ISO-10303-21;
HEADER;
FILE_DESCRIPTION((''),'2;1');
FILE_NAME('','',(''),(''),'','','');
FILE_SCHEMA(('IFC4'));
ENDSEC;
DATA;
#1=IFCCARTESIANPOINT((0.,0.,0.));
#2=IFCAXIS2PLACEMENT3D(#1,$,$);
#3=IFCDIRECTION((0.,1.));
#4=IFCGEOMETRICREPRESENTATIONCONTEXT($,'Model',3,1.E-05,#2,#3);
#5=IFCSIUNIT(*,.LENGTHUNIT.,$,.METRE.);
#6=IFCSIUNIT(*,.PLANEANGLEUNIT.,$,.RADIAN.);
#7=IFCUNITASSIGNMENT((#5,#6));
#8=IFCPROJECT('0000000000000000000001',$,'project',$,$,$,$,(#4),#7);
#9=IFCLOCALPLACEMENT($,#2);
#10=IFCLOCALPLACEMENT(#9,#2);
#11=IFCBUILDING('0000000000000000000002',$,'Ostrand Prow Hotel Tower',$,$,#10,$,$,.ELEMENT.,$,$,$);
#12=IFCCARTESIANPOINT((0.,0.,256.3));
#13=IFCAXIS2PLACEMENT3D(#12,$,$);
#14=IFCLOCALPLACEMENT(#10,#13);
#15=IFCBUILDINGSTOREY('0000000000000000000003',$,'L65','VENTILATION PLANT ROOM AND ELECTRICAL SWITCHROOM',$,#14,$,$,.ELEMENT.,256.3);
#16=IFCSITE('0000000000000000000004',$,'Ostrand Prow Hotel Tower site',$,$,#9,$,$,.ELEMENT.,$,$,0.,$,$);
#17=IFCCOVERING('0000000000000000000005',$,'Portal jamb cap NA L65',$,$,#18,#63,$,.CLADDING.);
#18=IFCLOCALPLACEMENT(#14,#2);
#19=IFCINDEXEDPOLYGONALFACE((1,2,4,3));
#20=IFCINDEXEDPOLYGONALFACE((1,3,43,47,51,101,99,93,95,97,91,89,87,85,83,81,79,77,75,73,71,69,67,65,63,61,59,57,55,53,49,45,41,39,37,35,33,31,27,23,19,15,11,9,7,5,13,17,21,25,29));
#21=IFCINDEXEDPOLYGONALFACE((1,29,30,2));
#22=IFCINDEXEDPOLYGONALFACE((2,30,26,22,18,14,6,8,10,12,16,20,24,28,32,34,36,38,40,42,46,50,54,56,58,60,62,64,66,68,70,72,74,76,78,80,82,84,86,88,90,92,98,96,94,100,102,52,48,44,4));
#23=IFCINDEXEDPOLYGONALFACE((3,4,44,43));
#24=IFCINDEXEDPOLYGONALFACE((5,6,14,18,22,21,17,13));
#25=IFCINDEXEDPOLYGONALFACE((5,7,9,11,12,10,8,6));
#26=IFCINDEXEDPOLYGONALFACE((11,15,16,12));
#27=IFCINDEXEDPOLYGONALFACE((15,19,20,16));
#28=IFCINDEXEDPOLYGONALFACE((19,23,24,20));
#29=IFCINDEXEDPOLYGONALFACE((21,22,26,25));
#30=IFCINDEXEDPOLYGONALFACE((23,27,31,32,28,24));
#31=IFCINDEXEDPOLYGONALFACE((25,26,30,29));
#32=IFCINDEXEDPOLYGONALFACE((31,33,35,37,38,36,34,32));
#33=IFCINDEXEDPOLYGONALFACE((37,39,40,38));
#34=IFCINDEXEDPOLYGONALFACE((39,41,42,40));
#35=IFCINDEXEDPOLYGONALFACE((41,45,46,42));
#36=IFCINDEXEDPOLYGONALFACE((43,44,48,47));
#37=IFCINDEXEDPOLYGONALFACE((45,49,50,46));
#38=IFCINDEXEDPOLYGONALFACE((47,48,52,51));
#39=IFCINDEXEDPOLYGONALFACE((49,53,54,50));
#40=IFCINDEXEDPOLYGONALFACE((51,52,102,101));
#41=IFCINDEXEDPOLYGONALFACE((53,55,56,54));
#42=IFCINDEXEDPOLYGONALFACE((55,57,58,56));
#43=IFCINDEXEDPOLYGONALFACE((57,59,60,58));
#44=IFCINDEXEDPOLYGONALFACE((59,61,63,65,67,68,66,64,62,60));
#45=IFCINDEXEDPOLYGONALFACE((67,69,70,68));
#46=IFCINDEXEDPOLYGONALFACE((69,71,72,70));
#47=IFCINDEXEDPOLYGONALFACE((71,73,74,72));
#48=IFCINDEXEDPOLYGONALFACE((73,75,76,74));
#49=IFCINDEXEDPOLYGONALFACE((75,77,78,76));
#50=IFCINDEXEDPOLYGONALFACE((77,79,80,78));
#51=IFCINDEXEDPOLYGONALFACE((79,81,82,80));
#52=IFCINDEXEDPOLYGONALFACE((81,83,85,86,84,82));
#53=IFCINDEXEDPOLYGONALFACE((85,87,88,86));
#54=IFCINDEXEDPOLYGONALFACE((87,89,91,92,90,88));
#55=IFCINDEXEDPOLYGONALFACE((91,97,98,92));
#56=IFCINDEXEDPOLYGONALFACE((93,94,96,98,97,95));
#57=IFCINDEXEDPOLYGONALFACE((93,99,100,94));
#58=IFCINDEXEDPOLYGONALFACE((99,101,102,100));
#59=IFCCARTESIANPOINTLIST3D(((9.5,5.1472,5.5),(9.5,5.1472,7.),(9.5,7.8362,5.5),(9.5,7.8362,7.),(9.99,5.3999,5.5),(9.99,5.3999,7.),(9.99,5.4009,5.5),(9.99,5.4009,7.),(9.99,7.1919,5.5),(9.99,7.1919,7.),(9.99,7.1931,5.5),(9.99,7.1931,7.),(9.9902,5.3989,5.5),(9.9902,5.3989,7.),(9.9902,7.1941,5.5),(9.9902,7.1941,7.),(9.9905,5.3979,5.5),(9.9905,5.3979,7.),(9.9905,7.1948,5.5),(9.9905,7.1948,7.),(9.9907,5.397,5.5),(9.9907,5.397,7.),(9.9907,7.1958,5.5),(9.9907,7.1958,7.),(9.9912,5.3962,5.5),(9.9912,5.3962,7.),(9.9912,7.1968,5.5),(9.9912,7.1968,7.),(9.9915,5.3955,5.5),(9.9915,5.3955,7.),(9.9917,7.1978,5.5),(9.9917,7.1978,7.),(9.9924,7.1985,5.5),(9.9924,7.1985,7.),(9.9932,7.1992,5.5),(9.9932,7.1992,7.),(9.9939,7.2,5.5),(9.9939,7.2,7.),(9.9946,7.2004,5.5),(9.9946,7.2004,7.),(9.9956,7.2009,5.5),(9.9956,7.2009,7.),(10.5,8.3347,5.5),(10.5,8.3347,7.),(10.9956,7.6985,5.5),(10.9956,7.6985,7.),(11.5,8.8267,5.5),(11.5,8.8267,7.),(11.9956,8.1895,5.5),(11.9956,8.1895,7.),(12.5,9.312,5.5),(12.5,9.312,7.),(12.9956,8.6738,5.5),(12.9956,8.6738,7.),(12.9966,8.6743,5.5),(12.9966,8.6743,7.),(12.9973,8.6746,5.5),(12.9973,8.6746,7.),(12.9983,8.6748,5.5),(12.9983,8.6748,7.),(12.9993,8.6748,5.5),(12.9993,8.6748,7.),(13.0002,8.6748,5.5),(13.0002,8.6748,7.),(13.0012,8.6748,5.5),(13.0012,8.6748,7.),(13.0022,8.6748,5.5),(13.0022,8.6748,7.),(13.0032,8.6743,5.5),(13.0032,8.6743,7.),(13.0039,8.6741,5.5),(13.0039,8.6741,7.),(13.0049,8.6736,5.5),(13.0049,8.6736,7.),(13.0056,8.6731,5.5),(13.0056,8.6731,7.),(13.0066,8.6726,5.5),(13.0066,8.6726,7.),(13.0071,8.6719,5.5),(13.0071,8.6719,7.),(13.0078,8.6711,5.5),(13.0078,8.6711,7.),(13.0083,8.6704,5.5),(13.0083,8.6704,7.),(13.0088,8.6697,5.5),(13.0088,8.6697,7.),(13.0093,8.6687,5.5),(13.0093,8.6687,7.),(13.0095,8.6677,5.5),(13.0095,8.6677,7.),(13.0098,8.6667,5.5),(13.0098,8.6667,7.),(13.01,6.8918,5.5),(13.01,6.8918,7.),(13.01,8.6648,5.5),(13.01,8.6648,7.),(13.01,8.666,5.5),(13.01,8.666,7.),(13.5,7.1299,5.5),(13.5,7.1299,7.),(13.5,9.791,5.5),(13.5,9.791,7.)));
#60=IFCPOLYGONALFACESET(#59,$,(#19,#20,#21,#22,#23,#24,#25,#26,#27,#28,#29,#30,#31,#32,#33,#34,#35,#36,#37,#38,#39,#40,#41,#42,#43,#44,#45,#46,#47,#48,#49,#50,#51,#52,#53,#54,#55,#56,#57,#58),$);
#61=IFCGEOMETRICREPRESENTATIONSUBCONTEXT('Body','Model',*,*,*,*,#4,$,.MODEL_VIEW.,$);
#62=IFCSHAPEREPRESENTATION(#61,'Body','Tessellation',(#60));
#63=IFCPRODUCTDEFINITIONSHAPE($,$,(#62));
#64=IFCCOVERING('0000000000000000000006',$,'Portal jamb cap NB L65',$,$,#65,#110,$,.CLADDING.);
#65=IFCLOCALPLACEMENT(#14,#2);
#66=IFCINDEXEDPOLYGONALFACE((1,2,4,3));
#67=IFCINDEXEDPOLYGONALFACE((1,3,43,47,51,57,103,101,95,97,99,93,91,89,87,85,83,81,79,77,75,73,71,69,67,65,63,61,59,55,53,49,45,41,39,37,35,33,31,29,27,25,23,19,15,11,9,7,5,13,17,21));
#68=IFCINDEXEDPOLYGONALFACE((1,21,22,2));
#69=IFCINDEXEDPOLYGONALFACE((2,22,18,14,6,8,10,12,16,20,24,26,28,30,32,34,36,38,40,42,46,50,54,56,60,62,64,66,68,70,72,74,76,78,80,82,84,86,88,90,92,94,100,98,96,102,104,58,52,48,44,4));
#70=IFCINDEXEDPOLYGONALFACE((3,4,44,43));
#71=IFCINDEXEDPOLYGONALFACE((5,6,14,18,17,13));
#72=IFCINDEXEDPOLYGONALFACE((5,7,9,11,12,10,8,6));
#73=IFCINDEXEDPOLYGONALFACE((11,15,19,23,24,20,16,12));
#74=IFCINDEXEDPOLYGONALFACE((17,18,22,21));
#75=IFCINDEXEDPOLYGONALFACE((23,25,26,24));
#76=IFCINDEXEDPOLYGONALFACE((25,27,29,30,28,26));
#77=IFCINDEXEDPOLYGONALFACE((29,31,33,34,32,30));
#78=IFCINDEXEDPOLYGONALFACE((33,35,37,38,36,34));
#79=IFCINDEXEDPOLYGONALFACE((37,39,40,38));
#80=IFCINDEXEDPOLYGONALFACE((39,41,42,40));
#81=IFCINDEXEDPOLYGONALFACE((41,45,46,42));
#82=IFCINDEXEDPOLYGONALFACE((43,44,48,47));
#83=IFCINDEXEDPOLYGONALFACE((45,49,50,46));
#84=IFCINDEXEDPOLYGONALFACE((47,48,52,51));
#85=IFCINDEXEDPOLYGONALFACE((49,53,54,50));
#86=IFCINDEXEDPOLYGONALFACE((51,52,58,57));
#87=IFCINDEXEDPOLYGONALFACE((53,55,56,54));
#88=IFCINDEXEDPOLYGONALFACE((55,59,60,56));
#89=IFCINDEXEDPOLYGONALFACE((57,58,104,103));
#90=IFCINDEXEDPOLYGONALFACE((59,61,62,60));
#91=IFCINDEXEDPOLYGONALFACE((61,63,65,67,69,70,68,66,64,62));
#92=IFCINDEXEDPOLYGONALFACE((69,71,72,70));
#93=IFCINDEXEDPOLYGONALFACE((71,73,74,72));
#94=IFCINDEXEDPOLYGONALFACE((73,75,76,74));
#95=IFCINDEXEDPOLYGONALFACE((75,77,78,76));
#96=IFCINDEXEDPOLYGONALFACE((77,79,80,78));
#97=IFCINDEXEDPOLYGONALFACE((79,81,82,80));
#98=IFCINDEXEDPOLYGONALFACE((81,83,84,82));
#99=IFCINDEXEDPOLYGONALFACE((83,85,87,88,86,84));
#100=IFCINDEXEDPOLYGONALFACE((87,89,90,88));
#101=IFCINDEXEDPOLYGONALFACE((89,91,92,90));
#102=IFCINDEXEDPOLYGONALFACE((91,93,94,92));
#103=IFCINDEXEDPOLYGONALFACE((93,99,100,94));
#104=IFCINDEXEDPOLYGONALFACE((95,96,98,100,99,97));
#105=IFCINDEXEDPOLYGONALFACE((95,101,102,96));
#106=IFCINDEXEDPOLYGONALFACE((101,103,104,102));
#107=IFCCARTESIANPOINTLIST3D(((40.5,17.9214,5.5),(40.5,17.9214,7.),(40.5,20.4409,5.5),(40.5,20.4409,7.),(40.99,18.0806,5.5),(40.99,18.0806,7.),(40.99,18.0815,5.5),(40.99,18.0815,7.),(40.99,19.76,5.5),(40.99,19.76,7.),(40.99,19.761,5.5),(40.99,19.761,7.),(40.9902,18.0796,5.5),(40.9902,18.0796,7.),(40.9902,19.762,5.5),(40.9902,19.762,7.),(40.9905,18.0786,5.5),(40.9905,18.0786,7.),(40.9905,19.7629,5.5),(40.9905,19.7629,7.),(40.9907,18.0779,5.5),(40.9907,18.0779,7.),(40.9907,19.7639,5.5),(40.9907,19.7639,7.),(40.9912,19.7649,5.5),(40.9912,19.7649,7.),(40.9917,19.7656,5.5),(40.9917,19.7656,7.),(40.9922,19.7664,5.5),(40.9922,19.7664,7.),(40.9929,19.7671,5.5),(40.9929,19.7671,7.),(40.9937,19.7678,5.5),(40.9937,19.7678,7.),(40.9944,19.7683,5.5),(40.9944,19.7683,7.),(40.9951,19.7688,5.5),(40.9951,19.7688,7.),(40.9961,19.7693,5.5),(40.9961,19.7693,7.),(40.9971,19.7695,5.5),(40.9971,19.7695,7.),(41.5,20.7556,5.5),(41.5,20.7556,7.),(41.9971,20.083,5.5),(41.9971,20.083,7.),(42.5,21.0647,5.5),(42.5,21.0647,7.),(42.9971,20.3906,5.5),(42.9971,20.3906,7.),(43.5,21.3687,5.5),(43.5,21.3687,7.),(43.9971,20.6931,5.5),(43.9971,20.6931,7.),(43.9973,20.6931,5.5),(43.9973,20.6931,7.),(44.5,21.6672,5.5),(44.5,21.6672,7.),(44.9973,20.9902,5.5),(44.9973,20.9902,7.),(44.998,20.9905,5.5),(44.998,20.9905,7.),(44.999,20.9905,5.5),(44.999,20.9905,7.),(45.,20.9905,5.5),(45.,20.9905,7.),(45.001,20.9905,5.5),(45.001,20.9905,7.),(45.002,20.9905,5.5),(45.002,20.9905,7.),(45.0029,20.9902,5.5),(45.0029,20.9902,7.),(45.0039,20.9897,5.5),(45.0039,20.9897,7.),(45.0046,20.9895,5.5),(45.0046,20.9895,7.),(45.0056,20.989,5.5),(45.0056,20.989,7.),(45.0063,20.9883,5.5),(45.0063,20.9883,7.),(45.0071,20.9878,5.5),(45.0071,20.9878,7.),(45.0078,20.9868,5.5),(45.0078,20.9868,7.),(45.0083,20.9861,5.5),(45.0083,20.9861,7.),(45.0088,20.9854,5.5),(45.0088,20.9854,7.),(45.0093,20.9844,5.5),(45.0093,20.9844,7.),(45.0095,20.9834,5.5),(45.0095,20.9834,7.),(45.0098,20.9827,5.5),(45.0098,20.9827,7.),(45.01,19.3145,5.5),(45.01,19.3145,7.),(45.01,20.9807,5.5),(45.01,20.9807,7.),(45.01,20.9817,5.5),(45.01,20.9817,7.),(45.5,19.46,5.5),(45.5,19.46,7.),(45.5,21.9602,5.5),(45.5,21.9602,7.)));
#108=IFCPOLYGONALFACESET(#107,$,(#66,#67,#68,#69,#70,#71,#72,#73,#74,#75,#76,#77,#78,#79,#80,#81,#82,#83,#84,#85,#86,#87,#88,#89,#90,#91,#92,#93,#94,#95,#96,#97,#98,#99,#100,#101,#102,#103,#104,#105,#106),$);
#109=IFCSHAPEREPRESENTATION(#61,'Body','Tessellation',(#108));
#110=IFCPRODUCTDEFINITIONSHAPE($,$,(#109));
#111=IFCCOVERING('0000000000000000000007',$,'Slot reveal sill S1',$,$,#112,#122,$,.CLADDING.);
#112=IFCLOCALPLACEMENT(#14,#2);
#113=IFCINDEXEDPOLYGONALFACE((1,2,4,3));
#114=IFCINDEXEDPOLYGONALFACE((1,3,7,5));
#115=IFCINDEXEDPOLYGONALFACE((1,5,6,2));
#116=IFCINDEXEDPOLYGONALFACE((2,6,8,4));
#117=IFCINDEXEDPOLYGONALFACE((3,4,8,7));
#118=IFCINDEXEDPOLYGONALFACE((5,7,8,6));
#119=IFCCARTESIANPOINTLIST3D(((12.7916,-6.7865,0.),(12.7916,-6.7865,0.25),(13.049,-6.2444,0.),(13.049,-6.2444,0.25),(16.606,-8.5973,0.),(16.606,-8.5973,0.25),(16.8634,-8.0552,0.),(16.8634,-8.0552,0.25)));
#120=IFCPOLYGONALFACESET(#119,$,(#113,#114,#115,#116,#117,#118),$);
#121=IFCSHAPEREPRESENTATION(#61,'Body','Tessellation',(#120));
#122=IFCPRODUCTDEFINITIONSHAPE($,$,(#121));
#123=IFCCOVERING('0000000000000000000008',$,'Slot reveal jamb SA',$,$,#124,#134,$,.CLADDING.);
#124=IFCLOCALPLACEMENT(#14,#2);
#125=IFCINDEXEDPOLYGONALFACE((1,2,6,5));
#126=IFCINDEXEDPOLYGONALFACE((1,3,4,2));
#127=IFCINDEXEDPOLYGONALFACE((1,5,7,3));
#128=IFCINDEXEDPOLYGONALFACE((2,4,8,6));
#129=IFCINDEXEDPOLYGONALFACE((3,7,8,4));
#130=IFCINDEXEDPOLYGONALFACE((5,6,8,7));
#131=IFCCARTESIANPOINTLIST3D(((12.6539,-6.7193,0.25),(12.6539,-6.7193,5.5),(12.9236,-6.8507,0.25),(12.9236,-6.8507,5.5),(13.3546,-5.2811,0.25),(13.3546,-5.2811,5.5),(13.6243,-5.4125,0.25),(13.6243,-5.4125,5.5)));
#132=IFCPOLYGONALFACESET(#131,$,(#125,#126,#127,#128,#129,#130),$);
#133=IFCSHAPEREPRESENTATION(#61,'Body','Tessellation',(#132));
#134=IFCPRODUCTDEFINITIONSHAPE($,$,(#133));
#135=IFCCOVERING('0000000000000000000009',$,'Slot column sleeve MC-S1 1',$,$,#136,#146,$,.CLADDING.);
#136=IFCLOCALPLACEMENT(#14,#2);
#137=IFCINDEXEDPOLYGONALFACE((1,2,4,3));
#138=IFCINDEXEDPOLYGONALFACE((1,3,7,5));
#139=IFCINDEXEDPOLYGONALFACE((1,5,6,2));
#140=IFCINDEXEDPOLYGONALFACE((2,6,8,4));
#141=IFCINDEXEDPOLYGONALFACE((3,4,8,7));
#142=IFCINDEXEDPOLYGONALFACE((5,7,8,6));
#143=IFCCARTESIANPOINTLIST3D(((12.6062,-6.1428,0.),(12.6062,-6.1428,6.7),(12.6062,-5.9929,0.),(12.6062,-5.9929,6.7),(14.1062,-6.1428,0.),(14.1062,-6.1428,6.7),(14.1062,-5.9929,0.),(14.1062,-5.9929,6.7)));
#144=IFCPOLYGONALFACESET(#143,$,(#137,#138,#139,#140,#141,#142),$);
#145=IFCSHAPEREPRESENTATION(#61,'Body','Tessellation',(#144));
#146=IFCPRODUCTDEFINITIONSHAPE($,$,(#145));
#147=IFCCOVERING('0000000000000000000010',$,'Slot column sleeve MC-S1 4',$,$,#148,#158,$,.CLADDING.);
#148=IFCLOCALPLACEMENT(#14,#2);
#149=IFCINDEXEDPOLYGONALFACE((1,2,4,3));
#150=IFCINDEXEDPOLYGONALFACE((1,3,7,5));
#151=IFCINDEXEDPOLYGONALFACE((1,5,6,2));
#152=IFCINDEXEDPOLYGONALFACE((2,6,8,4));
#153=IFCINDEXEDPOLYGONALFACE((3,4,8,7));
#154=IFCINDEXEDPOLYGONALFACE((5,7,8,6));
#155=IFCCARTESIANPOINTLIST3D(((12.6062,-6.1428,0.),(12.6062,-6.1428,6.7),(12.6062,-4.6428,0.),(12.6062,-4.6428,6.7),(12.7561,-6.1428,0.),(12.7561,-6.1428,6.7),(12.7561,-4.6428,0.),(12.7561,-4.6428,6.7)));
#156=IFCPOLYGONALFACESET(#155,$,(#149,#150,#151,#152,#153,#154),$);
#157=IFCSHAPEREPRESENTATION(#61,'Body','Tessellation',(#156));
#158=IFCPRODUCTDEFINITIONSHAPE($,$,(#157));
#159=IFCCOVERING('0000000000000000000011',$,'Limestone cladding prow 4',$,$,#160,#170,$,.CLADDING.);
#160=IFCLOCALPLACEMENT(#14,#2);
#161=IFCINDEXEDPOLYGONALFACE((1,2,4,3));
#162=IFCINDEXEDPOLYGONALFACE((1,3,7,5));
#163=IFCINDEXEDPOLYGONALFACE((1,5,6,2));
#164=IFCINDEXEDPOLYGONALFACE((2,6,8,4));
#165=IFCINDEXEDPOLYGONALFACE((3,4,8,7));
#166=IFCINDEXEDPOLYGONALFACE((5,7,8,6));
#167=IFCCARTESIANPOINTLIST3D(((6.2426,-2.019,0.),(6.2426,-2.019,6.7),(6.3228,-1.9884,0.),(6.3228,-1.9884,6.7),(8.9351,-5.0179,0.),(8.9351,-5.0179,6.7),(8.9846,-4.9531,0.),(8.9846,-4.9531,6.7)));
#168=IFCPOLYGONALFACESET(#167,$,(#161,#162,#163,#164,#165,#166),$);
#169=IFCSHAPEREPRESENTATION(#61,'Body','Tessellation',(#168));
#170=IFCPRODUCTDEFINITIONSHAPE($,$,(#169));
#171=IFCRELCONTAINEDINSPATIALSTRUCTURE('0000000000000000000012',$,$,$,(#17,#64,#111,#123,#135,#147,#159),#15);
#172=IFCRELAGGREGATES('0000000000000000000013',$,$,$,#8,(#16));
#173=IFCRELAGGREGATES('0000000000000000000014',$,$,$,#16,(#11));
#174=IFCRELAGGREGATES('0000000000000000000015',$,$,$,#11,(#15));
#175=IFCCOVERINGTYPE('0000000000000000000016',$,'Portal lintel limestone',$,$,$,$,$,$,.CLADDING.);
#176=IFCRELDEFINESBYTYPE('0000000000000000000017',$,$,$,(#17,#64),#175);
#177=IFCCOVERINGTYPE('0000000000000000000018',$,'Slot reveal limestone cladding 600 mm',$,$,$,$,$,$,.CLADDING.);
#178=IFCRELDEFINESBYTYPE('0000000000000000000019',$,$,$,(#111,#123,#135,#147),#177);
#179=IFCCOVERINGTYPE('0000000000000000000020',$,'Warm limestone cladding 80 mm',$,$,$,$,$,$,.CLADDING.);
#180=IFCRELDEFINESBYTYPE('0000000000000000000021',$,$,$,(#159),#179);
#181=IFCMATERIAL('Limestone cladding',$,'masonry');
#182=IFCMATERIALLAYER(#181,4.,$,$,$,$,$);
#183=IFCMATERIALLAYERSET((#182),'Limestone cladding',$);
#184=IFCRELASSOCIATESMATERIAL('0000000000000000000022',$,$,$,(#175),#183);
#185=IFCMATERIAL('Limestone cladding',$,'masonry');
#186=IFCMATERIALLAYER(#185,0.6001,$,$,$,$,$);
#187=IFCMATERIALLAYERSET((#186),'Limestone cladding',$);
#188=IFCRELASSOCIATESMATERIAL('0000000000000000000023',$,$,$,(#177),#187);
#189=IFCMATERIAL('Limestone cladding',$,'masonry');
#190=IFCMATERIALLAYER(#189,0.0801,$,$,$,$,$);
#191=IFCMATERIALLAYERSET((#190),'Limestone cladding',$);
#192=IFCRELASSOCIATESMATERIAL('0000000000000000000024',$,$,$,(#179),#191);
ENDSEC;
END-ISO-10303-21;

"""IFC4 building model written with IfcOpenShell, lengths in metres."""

from ifc_helpers import new_model, si_unit, direction, frame, frame_2d, origin, place, context, subcontext, project, spatial, polyline, rectangle, outline, extrude, material, layer, layer_set, type_object, element, save


model = new_model("IFC4")

# Units and contexts
model_context = context("Model", 3, precision=1e-05, world=origin(), true_north=direction((0.0, 1.0)))
body_context = subcontext(model_context, "Body", "Model", "MODEL_VIEW")
ifc_project = project(units=[si_unit("LENGTHUNIT", "METRE"), si_unit("PLANEANGLEUNIT", "RADIAN")], contexts=[model_context])

# Site, building, storey
site_placement = place(None, origin())
site = spatial("IfcSite", under=ifc_project, at=site_placement, Name="Ostrand Prow Hotel Tower site", CompositionType="ELEMENT", RefElevation=0.0)
building_placement = place(site_placement, origin())
building = spatial("IfcBuilding", under=site, at=building_placement, Name="Ostrand Prow Hotel Tower", CompositionType="ELEMENT")
storey_placement = place(building_placement, frame((0.0, 0.0, 256.3)))
storey = spatial("IfcBuildingStorey", under=building, at=storey_placement, Name="L65", Description="VENTILATION PLANT ROOM AND ELECTRICAL SWITCHROOM", CompositionType="ELEMENT", Elevation=256.3)

# Coverings
ifc_material_1 = material(Name="Limestone cladding", Category="masonry")
ifc_layer_1 = layer(ifc_material_1, 4.0)
ifc_layer_set_1 = layer_set([ifc_layer_1], Name="Limestone cladding")
covering_type_1 = type_object("IfcCoveringType", Name="Portal lintel limestone", PredefinedType="CLADDING", material=ifc_layer_set_1)
covering_1_placement = place(storey_placement, frame((0.0, 0.0, 5.5)))
element("IfcCovering", 1, at=covering_1_placement, inside=storey, type_object=covering_type_1, Name="Portal jamb cap NA L65", PredefinedType="CLADDING", context=body_context, shape_type="SweptSolid", body=[
    extrude(outline(polyline([(9.5, 7.8362), (9.5, 5.1472), (9.9915, 5.3955), (9.9912, 5.3962), (9.9907, 5.397), (9.9905, 5.3979), (9.9902, 5.3989), (9.99, 5.3999), (9.99, 5.4009), (9.99, 7.1919), (9.99, 7.1931), (9.9902, 7.1941), (9.9905, 7.1948), (9.9907, 7.1958), (9.9912, 7.1968), (9.9917, 7.1978), (9.9924, 7.1985), (9.9932, 7.1992), (9.9939, 7.2), (9.9946, 7.2004), (9.9956, 7.2009), (10.9956, 7.6985), (10.9956, 7.6985), (11.9956, 8.1895), (11.9956, 8.1895), (12.9956, 8.6738), (12.9966, 8.6743), (12.9973, 8.6746), (12.9983, 8.6748), (12.9993, 8.6748), (13.0002, 8.6748), (13.0012, 8.6748), (13.0022, 8.6748), (13.0032, 8.6743), (13.0039, 8.6741), (13.0049, 8.6736), (13.0056, 8.6731), (13.0066, 8.6726), (13.0071, 8.6719), (13.0078, 8.6711), (13.0083, 8.6704), (13.0088, 8.6697), (13.0093, 8.6687), (13.0095, 8.6677), (13.0098, 8.6667), (13.01, 8.666), (13.01, 8.6648), (13.01, 6.8918), (13.5, 7.1299), (13.5, 9.791), (12.5, 9.312), (11.5, 8.8267), (10.5, 8.3347), (9.5, 7.8362)])), origin(), (0.0, 0.0, 1.0), 1.5),
])
covering_2_placement = place(storey_placement, frame((0.0, 0.0, 5.5)))
element("IfcCovering", 2, at=covering_2_placement, inside=storey, type_object=covering_type_1, Name="Portal jamb cap NB L65", PredefinedType="CLADDING", context=body_context, shape_type="SweptSolid", body=[
    extrude(outline(polyline([(40.5, 20.4409), (40.5, 17.9214), (40.9907, 18.0779), (40.9905, 18.0786), (40.9902, 18.0796), (40.99, 18.0806), (40.99, 18.0815), (40.99, 19.76), (40.99, 19.761), (40.9902, 19.762), (40.9905, 19.7629), (40.9907, 19.7639), (40.9912, 19.7649), (40.9917, 19.7656), (40.9922, 19.7664), (40.9929, 19.7671), (40.9937, 19.7678), (40.9944, 19.7683), (40.9951, 19.7688), (40.9961, 19.7693), (40.9971, 19.7695), (41.9971, 20.083), (41.9971, 20.083), (42.9971, 20.3906), (42.9971, 20.3906), (43.9971, 20.6931), (43.9973, 20.6931), (44.9973, 20.9902), (44.998, 20.9905), (44.999, 20.9905), (45.0, 20.9905), (45.001, 20.9905), (45.002, 20.9905), (45.0029, 20.9902), (45.0039, 20.9897), (45.0046, 20.9895), (45.0056, 20.989), (45.0063, 20.9883), (45.0071, 20.9878), (45.0078, 20.9868), (45.0083, 20.9861), (45.0088, 20.9854), (45.0093, 20.9844), (45.0095, 20.9834), (45.0098, 20.9827), (45.01, 20.9817), (45.01, 20.9807), (45.01, 19.3145), (45.5, 19.46), (45.5, 21.9602), (44.5, 21.6672), (43.5, 21.3687), (42.5, 21.0647), (41.5, 20.7556), (40.5, 20.4409)])), origin(), (0.0, 0.0, 1.0), 1.5),
])
ifc_material_2 = material(Name="Limestone cladding", Category="masonry")
ifc_layer_2 = layer(ifc_material_2, 0.6001)
ifc_layer_set_2 = layer_set([ifc_layer_2], Name="Limestone cladding")
covering_type_2 = type_object("IfcCoveringType", Name="Slot reveal limestone cladding 600 mm", PredefinedType="CLADDING", material=ifc_layer_set_2)
covering_3_placement = place(storey_placement, frame((12.9202, -6.5154, 0.0), z_axis=(0.0, 0.0, 1.0), x_axis=(0.903376, -0.428849, 0.0)))
element("IfcCovering", 3, at=covering_3_placement, inside=storey, type_object=covering_type_2, Name="Slot reveal sill S1", PredefinedType="CLADDING", context=body_context, shape_type="SweptSolid", body=[
    extrude(rectangle(XDim=4.2224, YDim=0.6001, at=frame_2d((2.1113, 0.0))), origin(), (0.0, 0.0, 1.0), 0.25),
])
covering_4_placement = place(storey_placement, frame((12.7888, -6.7849, 0.25), z_axis=(0.0, 0.0, 1.0), x_axis=(0.437973, 0.898988, 0.0)))
element("IfcCovering", 4, at=covering_4_placement, inside=storey, type_object=covering_type_2, Name="Slot reveal jamb SA", PredefinedType="CLADDING", context=body_context, shape_type="SweptSolid", body=[
    extrude(rectangle(XDim=1.5999, YDim=0.3, at=frame_2d((0.7998, 0.0))), origin(), (0.0, 0.0, 1.0), 5.25),
])
for number, where, z_axis, x_axis, name in (
    (5, (12.6062, -6.0679, 0.0), (0.0, 0.0, 1.0), (1.0, 0.0, 0.0), "Slot column sleeve MC-S1 1"),
    (6, (12.6812, -4.6428, 0.0), (0.0, 0.0, 1.0), (0.0, -1.0, 0.0), "Slot column sleeve MC-S1 4"),
):
    element("IfcCovering", number, at=place(storey_placement, frame(where, z_axis=z_axis, x_axis=x_axis)), inside=storey, type_object=covering_type_2, Name=name, PredefinedType="CLADDING", context=body_context, shape_type="SweptSolid", body=[
        extrude(rectangle(XDim=1.5, YDim=0.1499, at=frame_2d((0.75, 0.0))), origin(), (0.0, 0.0, 1.0), 6.7),
    ])
ifc_material_3 = material(Name="Limestone cladding", Category="masonry")
ifc_layer_3 = layer(ifc_material_3, 0.0801)
ifc_layer_set_3 = layer_set([ifc_layer_3], Name="Limestone cladding")
covering_type_3 = type_object("IfcCoveringType", Name="Warm limestone cladding 80 mm", PredefinedType="CLADDING", material=ifc_layer_set_3)
covering_5_placement = place(storey_placement, frame((6.2827, -2.0037, 0.0), z_axis=(0.0, 0.0, 1.0), x_axis=(0.668069, -0.744099, 0.0)))
element("IfcCovering", 7, at=covering_5_placement, inside=storey, type_object=covering_type_3, Name="Limestone cladding prow 4", PredefinedType="CLADDING", context=body_context, shape_type="SweptSolid", body=[
    extrude(outline(polyline([(-0.0154, -0.04), (4.0149, -0.04), (3.9998, 0.04), (0.0154, 0.04), (-0.0154, -0.04)])), origin(), (0.0, 0.0, 1.0), 6.7),
])

save(model, "model.ifc")
